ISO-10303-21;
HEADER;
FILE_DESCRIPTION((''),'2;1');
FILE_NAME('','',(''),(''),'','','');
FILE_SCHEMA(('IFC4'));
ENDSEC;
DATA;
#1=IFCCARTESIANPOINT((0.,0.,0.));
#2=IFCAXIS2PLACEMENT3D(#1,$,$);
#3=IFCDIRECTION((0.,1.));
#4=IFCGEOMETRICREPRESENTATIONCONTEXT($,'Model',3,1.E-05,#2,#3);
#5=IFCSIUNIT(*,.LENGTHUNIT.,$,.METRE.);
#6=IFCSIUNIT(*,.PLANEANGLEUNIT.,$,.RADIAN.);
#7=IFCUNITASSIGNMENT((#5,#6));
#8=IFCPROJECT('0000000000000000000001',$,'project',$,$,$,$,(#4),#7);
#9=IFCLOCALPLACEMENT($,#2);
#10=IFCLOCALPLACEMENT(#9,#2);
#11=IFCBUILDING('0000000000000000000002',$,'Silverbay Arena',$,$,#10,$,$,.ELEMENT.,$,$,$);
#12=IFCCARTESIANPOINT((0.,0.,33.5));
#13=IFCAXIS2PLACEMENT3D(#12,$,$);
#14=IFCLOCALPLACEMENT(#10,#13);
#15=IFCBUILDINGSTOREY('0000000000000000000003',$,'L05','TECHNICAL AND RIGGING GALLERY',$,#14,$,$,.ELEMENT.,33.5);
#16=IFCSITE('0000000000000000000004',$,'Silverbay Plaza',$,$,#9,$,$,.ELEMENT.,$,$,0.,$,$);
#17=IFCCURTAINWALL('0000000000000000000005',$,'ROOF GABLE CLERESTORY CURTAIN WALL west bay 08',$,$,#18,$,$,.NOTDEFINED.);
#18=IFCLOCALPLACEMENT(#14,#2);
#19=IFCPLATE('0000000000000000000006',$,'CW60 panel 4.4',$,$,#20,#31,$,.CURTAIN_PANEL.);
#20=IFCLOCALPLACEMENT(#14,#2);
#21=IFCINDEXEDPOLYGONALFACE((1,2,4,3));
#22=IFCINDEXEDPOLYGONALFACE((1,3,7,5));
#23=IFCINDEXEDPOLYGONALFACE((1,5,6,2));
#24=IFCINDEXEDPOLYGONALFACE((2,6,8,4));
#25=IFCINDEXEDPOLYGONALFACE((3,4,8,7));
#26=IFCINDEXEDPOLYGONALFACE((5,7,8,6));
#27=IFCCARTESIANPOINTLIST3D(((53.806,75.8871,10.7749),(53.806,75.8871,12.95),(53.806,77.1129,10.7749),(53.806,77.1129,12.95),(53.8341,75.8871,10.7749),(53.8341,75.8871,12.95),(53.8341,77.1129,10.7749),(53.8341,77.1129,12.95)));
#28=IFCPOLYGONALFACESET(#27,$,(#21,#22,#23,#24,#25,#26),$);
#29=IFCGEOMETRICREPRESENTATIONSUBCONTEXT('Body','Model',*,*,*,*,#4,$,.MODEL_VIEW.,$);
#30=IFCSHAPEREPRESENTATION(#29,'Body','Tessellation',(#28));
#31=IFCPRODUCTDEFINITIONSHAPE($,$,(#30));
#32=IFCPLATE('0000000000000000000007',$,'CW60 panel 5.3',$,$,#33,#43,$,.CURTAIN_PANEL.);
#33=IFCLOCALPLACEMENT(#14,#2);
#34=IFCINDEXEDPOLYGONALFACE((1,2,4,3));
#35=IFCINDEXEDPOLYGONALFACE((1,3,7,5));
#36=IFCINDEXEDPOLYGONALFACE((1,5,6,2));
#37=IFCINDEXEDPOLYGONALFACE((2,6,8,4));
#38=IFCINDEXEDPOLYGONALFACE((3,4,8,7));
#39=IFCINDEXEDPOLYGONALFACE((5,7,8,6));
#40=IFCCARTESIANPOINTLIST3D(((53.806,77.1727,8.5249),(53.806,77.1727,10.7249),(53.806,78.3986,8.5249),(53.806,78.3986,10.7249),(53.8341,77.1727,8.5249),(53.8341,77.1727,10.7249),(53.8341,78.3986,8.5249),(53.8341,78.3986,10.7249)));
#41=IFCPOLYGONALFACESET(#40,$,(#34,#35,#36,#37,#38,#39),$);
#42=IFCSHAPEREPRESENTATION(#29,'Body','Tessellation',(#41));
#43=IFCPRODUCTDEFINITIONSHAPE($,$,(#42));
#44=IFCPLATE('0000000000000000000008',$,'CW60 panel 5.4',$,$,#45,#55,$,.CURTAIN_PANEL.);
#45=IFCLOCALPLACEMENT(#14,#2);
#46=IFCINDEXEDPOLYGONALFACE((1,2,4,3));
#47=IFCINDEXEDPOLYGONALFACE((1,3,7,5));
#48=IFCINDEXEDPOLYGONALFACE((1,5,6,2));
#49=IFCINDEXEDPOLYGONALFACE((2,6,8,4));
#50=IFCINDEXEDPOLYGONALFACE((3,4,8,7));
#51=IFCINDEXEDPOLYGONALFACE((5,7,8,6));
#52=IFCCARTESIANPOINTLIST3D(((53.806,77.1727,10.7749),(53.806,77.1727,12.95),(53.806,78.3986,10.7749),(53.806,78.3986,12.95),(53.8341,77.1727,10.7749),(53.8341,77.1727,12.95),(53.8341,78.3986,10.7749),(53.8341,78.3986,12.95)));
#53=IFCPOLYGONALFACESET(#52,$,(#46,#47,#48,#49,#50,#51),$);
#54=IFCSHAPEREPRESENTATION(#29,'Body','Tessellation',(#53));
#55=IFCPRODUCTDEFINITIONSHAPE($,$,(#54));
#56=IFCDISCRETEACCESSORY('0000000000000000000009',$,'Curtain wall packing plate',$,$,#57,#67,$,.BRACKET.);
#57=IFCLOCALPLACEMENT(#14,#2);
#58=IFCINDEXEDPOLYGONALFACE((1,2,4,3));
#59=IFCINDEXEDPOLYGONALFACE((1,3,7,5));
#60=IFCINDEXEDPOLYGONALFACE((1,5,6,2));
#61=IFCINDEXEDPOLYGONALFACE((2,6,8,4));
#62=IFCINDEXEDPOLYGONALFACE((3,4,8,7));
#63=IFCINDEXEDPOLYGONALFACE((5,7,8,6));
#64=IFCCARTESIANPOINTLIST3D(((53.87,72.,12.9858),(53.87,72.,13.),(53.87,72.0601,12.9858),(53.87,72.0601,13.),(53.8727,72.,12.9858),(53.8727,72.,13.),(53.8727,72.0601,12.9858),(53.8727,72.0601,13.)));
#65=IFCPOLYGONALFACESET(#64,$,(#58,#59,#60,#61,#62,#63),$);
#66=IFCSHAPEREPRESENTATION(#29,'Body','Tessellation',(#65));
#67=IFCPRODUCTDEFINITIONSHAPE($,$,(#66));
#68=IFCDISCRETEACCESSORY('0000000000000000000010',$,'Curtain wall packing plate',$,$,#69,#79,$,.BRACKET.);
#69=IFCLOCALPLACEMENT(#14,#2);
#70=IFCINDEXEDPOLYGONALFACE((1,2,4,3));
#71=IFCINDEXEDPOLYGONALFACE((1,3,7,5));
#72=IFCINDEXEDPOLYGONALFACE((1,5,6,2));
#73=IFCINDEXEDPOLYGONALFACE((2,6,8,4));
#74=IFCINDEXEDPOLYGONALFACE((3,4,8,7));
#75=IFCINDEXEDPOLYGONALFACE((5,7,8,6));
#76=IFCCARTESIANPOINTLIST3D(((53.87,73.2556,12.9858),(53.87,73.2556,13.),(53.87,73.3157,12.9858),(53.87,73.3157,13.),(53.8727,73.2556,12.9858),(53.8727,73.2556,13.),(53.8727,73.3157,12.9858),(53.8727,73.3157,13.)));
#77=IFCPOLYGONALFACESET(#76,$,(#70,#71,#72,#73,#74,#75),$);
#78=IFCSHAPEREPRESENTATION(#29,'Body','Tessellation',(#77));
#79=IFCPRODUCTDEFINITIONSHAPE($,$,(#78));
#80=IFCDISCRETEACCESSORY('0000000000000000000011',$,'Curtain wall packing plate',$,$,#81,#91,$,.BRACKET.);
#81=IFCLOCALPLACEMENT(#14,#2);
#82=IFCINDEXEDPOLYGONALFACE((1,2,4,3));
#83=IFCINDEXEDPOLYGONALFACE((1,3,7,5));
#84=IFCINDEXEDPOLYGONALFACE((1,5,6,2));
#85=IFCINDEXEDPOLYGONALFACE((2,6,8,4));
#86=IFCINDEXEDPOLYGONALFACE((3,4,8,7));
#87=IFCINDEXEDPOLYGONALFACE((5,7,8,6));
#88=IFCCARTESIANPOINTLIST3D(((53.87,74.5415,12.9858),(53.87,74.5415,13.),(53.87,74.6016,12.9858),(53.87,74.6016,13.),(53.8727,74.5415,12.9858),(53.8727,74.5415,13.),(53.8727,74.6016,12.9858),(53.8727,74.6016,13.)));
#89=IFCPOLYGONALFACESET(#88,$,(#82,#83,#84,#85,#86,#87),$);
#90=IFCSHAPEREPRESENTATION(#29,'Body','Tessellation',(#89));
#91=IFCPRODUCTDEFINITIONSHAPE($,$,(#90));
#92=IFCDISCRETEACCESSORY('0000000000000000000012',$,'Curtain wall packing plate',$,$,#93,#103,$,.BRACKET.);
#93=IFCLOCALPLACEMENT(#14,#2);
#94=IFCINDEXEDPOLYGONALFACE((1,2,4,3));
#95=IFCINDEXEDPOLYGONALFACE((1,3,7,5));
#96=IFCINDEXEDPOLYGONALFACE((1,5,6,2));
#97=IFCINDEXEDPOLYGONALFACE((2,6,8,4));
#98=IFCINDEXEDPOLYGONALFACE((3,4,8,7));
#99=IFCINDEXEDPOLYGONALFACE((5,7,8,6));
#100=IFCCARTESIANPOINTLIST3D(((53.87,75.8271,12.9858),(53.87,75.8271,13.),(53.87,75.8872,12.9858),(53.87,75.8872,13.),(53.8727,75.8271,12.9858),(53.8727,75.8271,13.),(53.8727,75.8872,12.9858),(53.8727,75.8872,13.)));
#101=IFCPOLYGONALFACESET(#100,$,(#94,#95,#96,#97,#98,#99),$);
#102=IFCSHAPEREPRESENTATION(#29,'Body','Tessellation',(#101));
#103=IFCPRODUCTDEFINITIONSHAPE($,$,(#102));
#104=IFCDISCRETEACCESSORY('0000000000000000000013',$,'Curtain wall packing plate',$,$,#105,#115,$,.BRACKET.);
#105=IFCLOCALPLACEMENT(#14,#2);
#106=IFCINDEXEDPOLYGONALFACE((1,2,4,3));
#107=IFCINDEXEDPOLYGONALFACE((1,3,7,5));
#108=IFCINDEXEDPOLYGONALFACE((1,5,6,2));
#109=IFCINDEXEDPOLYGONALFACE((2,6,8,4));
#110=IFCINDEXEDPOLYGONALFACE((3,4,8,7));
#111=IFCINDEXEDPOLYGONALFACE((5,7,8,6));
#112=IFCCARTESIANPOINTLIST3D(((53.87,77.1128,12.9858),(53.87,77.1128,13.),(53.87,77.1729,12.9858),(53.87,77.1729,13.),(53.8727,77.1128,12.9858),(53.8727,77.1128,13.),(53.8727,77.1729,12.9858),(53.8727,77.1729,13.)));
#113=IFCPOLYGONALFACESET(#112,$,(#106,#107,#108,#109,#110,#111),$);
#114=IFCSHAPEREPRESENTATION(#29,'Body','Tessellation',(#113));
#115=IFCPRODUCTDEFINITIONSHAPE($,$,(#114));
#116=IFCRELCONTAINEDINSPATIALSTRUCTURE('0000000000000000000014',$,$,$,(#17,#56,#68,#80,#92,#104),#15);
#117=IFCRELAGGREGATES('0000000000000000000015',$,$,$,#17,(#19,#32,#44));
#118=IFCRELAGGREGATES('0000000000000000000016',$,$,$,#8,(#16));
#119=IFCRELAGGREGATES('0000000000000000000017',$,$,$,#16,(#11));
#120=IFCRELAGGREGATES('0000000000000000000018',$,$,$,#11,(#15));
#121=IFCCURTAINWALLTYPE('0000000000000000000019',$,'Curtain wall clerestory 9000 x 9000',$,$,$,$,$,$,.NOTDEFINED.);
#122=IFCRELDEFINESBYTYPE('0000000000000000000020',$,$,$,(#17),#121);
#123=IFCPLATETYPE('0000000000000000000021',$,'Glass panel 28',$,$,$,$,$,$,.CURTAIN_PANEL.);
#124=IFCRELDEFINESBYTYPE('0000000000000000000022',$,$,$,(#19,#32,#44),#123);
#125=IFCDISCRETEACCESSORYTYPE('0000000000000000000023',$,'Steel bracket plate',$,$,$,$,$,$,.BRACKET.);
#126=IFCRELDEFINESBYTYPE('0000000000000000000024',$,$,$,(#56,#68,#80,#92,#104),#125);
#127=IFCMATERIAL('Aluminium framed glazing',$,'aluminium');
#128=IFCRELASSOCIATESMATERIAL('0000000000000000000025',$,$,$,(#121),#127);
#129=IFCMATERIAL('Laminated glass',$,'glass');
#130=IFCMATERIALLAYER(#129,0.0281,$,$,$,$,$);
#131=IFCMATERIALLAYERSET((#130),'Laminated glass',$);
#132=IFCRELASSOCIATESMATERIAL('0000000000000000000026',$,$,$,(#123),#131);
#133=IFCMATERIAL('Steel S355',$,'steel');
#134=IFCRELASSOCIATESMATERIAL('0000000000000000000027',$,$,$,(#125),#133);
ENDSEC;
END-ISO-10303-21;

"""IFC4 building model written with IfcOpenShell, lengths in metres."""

from ifc_helpers import new_model, si_unit, direction, frame, origin, origin_2d, place, context, subcontext, project, spatial, rectangle, extrude, material, layer, layer_set, type_object, element, aggregate, save


model = new_model("IFC4")

# Units and contexts
model_context = context("Model", 3, precision=1e-05, world=origin(), true_north=direction((0.0, 1.0)))
body_context = subcontext(model_context, "Body", "Model", "MODEL_VIEW")
ifc_project = project(units=[si_unit("LENGTHUNIT", "METRE"), si_unit("PLANEANGLEUNIT", "RADIAN")], contexts=[model_context])

# Site, building, storey
site_placement = place(None, origin())
site = spatial("IfcSite", under=ifc_project, at=site_placement, Name="Silverbay Plaza", CompositionType="ELEMENT", RefElevation=0.0)
building_placement = place(site_placement, origin())
building = spatial("IfcBuilding", under=site, at=building_placement, Name="Silverbay Arena", CompositionType="ELEMENT")
storey_placement = place(building_placement, frame((0.0, 0.0, 33.5)))
storey = spatial("IfcBuildingStorey", under=building, at=storey_placement, Name="L05", Description="TECHNICAL AND RIGGING GALLERY", CompositionType="ELEMENT", Elevation=33.5)

# Curtain wall, plates
ifc_material_1 = material(Name="Aluminium framed glazing", Category="aluminium")
curtain_wall_type = type_object("IfcCurtainWallType", Name="Curtain wall clerestory 9000 x 9000", PredefinedType="NOTDEFINED", material=ifc_material_1)
curtain_wall_placement = place(storey_placement, origin())
curtain_wall = element("IfcCurtainWall", 1, at=curtain_wall_placement, inside=storey, type_object=curtain_wall_type, Name="ROOF GABLE CLERESTORY CURTAIN WALL west bay 08", PredefinedType="NOTDEFINED")
ifc_material_2 = material(Name="Laminated glass", Category="glass")
ifc_layer = layer(ifc_material_2, 0.0281)
ifc_layer_set = layer_set([ifc_layer], Name="Laminated glass")
plate_type = type_object("IfcPlateType", Name="Glass panel 28", PredefinedType="CURTAIN_PANEL", material=ifc_layer_set)
plate_1_placement = place(storey_placement, frame((53.8201, 76.5, 10.7749), z_axis=(0.0, 0.0, 1.0), x_axis=(0.0, 1.0, 0.0)))
plate_1 = element("IfcPlate", 2, at=plate_1_placement, type_object=plate_type, Name="CW60 panel 4.4", PredefinedType="CURTAIN_PANEL", context=body_context, shape_type="SweptSolid", body=[
    extrude(rectangle(XDim=1.2258, YDim=0.0281, at=origin_2d()), origin(), (0.0, 0.0, 1.0), 2.175),
])
plate_2_placement = place(storey_placement, frame((53.8201, 77.7856, 8.5249), z_axis=(0.0, 0.0, 1.0), x_axis=(0.0, 1.0, 0.0)))
plate_2 = element("IfcPlate", 3, at=plate_2_placement, type_object=plate_type, Name="CW60 panel 5.3", PredefinedType="CURTAIN_PANEL", context=body_context, shape_type="SweptSolid", body=[
    extrude(rectangle(XDim=1.2258, YDim=0.0281, at=origin_2d()), origin(), (0.0, 0.0, 1.0), 2.2),
])
plate_3_placement = place(storey_placement, frame((53.8201, 77.7856, 10.7749), z_axis=(0.0, 0.0, 1.0), x_axis=(0.0, 1.0, 0.0)))
plate_3 = element("IfcPlate", 4, at=plate_3_placement, type_object=plate_type, Name="CW60 panel 5.4", PredefinedType="CURTAIN_PANEL", context=body_context, shape_type="SweptSolid", body=[
    extrude(rectangle(XDim=1.2258, YDim=0.0281, at=origin_2d()), origin(), (0.0, 0.0, 1.0), 2.175),
])
aggregate(curtain_wall, [plate_1, plate_2, plate_3])

# Discrete accessories
ifc_material_3 = material(Name="Steel S355", Category="steel")
discrete_accessory_type = type_object("IfcDiscreteAccessoryType", Name="Steel bracket plate", PredefinedType="BRACKET", material=ifc_material_3)
for number, where, z_axis, x_axis, name in (
    (5, (53.8713, 72.03, 12.9858), (0.0, 0.0, 1.0), (1.0, 0.0, 0.0), "Curtain wall packing plate"),
    (6, (53.8713, 73.2856, 12.9858), (0.0, 0.0, 1.0), (1.0, 0.0, 0.0), "Curtain wall packing plate"),
    (7, (53.8713, 74.5715, 12.9858), (0.0, 0.0, 1.0), (1.0, 0.0, 0.0), "Curtain wall packing plate"),
    (8, (53.8713, 75.8572, 12.9858), (0.0, 0.0, 1.0), (1.0, 0.0, 0.0), "Curtain wall packing plate"),
    (9, (53.8713, 77.1428, 12.9858), (0.0, 0.0, 1.0), (1.0, 0.0, 0.0), "Curtain wall packing plate"),
):
    element("IfcDiscreteAccessory", number, at=place(storey_placement, frame(where, z_axis=z_axis, x_axis=x_axis)), inside=storey, type_object=discrete_accessory_type, Name=name, PredefinedType="BRACKET", context=body_context, shape_type="SweptSolid", body=[
        extrude(rectangle(XDim=0.0027, YDim=0.0601, at=origin_2d()), origin(), (0.0, 0.0, 1.0), 0.0142),
    ])

save(model, "model.ifc")
